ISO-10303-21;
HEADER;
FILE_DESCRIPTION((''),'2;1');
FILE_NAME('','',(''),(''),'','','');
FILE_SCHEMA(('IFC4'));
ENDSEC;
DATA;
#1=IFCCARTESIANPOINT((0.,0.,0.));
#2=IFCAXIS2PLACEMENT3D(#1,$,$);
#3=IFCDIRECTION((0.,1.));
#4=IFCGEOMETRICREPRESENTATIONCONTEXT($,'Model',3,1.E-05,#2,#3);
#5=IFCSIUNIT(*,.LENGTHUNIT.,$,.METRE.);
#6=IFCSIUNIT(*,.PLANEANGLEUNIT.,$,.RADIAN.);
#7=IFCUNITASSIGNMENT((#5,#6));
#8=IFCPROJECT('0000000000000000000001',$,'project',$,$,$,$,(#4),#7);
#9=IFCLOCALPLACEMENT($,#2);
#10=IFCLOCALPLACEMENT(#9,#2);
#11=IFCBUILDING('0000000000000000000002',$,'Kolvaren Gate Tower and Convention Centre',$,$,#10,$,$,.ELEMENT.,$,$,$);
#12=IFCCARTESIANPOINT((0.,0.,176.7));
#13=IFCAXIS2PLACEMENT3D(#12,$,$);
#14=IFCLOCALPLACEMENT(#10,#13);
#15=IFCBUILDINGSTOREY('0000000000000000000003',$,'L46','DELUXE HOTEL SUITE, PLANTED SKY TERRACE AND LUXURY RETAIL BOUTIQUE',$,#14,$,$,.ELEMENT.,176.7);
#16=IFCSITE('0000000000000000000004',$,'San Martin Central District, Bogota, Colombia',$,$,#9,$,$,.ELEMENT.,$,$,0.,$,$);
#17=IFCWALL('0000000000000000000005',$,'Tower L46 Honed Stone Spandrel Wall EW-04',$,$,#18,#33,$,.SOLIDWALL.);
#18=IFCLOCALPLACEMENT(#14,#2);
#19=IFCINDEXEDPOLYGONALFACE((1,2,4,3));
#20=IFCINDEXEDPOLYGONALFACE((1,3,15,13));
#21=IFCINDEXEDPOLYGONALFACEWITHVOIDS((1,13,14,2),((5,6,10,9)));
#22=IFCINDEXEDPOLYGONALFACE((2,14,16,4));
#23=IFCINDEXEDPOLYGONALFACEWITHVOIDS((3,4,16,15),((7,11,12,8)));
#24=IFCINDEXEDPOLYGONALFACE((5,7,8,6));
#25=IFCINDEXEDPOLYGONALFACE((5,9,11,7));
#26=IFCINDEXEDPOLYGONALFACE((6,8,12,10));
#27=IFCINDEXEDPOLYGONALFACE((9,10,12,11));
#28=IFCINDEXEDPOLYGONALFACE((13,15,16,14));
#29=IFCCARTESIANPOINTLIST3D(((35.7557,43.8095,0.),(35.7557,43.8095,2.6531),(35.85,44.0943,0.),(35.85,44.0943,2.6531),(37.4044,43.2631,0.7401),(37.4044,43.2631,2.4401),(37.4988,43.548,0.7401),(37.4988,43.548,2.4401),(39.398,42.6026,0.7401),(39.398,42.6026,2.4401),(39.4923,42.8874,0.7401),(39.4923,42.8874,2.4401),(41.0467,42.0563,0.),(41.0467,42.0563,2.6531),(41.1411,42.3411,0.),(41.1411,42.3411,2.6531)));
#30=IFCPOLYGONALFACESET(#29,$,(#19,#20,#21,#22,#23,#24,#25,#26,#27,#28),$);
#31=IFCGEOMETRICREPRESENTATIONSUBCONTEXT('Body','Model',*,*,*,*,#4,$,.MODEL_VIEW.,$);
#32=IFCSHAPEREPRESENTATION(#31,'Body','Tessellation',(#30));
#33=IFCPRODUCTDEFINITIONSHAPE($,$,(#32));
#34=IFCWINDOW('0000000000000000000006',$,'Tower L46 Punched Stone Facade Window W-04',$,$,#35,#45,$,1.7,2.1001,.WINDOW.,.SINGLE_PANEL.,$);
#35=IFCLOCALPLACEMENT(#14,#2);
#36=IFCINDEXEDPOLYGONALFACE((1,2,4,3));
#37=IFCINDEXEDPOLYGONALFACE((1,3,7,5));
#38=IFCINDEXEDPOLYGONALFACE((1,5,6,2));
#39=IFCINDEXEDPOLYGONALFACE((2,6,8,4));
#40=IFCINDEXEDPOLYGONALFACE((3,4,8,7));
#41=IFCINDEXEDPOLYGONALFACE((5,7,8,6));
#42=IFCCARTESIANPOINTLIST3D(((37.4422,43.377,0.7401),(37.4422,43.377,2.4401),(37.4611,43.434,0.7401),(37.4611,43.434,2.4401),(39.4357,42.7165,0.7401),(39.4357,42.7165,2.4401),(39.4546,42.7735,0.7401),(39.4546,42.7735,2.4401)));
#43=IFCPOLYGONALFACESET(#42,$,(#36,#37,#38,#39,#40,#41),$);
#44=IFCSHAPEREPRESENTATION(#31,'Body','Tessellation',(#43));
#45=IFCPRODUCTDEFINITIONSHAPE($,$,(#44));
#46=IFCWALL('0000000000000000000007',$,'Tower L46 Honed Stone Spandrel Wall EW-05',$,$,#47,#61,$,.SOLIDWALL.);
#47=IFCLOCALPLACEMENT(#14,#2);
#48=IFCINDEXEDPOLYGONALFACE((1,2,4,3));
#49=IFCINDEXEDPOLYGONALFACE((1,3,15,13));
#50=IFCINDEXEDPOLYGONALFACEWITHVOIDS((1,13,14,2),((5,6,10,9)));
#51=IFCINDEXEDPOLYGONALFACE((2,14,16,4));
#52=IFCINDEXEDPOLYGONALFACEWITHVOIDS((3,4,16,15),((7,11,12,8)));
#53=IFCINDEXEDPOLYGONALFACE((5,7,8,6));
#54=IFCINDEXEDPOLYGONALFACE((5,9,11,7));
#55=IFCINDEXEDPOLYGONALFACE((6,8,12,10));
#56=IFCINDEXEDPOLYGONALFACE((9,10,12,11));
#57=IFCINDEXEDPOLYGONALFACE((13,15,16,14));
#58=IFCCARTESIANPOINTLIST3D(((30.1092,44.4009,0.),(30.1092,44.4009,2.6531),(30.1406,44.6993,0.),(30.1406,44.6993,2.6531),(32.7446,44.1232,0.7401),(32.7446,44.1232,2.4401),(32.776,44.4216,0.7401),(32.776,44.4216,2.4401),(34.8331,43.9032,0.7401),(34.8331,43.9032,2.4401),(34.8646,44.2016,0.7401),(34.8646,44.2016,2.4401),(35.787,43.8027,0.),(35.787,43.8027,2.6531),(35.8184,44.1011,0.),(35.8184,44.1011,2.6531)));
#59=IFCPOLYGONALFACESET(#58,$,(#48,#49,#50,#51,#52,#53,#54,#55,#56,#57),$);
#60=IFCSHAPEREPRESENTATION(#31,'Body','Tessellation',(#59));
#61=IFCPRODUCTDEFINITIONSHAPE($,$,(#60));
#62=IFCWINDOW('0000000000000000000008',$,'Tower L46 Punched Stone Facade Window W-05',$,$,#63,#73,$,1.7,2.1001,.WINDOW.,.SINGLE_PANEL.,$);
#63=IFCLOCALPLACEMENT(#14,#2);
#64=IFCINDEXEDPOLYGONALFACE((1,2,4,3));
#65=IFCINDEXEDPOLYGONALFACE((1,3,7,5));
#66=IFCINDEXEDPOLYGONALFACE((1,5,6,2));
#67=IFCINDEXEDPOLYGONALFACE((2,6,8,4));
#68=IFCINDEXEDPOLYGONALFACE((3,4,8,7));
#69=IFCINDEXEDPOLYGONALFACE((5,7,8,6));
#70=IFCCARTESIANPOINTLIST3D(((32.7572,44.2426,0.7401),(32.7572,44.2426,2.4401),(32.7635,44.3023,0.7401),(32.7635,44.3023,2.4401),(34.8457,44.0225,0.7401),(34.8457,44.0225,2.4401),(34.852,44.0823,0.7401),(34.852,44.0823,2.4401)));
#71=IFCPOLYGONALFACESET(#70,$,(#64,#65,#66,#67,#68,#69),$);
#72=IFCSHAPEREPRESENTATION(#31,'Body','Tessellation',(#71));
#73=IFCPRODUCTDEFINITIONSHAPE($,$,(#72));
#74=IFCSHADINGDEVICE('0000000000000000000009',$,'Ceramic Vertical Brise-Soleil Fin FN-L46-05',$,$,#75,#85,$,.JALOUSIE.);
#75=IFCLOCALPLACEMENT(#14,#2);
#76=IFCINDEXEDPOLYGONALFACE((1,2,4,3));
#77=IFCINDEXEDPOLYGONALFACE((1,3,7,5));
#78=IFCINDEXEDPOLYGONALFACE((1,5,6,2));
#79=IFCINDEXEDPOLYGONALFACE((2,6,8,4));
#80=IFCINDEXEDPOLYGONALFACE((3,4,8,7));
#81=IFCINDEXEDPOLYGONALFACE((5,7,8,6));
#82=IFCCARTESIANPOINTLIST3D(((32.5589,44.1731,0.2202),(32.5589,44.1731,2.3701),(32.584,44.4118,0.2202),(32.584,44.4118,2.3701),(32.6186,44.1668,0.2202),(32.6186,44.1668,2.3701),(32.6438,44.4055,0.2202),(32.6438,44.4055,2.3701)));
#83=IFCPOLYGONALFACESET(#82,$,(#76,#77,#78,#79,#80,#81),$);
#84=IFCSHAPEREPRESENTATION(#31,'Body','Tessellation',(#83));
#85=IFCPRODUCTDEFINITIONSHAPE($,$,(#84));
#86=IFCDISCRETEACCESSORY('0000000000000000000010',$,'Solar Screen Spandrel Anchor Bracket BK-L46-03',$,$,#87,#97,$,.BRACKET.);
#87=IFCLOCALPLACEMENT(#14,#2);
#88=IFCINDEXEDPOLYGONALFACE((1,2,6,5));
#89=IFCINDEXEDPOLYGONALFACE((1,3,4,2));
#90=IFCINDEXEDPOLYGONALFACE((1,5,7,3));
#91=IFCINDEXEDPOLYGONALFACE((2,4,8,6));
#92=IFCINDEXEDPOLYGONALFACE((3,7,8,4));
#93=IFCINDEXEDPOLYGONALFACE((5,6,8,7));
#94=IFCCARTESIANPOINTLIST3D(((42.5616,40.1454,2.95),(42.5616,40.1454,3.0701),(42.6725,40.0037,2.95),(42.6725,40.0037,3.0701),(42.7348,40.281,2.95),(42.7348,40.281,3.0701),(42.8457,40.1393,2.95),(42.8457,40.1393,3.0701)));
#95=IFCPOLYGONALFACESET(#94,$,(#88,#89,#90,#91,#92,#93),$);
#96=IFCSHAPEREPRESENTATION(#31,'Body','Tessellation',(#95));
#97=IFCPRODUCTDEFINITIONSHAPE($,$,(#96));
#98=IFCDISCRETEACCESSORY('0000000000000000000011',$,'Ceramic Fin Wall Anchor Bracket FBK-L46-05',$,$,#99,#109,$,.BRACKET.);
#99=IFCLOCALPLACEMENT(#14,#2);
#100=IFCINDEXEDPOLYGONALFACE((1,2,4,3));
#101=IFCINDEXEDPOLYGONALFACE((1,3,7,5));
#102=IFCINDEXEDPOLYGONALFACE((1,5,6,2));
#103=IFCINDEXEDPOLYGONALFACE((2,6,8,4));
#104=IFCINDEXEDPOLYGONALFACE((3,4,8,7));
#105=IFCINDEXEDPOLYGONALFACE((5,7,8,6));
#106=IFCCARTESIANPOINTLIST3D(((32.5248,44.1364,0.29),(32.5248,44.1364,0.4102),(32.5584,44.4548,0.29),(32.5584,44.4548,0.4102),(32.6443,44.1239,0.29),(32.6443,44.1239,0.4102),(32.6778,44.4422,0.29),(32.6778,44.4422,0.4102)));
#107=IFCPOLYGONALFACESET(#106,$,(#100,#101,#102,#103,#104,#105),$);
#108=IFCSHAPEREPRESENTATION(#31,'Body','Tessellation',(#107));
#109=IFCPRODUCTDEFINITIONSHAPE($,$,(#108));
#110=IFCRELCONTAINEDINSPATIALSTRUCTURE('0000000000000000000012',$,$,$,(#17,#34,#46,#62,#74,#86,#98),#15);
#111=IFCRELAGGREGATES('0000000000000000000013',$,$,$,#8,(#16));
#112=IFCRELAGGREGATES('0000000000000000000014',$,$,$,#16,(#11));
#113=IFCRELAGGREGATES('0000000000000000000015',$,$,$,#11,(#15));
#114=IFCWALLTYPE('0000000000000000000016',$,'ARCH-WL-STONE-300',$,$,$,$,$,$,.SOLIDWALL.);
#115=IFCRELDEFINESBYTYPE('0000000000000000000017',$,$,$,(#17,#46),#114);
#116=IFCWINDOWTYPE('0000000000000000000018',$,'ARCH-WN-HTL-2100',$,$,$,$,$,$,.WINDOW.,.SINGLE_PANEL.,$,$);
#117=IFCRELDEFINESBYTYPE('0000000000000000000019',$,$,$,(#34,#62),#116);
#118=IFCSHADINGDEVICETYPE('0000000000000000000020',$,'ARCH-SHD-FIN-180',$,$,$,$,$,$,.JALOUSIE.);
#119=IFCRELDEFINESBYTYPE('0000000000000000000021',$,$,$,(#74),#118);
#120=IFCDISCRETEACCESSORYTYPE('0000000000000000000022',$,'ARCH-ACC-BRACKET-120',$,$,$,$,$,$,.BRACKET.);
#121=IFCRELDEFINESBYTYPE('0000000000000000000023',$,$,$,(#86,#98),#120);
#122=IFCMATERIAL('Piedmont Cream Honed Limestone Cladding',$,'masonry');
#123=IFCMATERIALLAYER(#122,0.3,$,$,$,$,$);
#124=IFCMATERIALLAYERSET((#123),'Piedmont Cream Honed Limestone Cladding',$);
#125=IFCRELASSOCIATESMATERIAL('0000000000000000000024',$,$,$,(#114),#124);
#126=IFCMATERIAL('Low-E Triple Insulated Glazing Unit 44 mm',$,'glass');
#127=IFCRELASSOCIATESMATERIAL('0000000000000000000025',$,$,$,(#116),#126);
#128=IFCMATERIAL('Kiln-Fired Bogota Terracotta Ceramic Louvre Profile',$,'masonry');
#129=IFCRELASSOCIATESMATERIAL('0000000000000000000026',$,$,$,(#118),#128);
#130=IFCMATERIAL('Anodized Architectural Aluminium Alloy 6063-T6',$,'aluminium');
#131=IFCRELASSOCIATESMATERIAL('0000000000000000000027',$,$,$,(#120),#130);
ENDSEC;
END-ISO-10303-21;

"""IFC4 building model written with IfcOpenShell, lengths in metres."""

from ifc_helpers import new_model, si_unit, direction, frame, frame_2d, origin, origin_2d, place, context, subcontext, project, spatial, rectangle, extrude, material, layer, layer_set, type_object, element, fill, save


model = new_model("IFC4")

# Units and contexts
model_context = context("Model", 3, precision=1e-05, world=origin(), true_north=direction((0.0, 1.0)))
body_context = subcontext(model_context, "Body", "Model", "MODEL_VIEW")
ifc_project = project(units=[si_unit("LENGTHUNIT", "METRE"), si_unit("PLANEANGLEUNIT", "RADIAN")], contexts=[model_context])

# Site, building, storey
site_placement = place(None, origin())
site = spatial("IfcSite", under=ifc_project, at=site_placement, Name="San Martin Central District, Bogota, Colombia", CompositionType="ELEMENT", RefElevation=0.0)
building_placement = place(site_placement, origin())
building = spatial("IfcBuilding", under=site, at=building_placement, Name="Kolvaren Gate Tower and Convention Centre", CompositionType="ELEMENT")
storey_placement = place(building_placement, frame((0.0, 0.0, 176.7)))
storey = spatial("IfcBuildingStorey", under=building, at=storey_placement, Name="L46", Description="DELUXE HOTEL SUITE, PLANTED SKY TERRACE AND LUXURY RETAIL BOUTIQUE", CompositionType="ELEMENT", Elevation=176.7)

# Shared definitions
ifc_material_1 = material(Name="Anodized Architectural Aluminium Alloy 6063-T6", Category="aluminium")

# Shared definitions
ifc_material_2 = material(Name="Low-E Triple Insulated Glazing Unit 44 mm", Category="glass")

# Walls, openings, windows
ifc_material_3 = material(Name="Piedmont Cream Honed Limestone Cladding", Category="masonry")
ifc_layer_1 = layer(ifc_material_3, 0.3)
ifc_layer_set_1 = layer_set([ifc_layer_1], Name="Piedmont Cream Honed Limestone Cladding")
wall_type_1 = type_object("IfcWallType", Name="ARCH-WL-STONE-300", PredefinedType="SOLIDWALL", material=ifc_layer_set_1)
wall_1_placement = place(storey_placement, frame((35.8027, 43.9519, 0.0), z_axis=(0.0, 0.0, 1.0), x_axis=(0.949247, -0.314532, 0.0)))
wall_1 = element("IfcWall", 1, at=wall_1_placement, inside=storey, type_object=wall_type_1, Name="Tower L46 Honed Stone Spandrel Wall EW-04", PredefinedType="SOLIDWALL", context=body_context, shape_type="SweptSolid", body=[
    extrude(rectangle(XDim=5.574, YDim=0.3, at=frame_2d((2.7871, 0.0))), origin(), (0.0, 0.0, 1.0), 2.6531),
])
opening_1_placement = place(wall_1_placement, frame((1.7371, 0.0, 0.74)))
opening_1 = element("IfcOpeningElement", 2, at=opening_1_placement, cuts=wall_1, PredefinedType="OPENING", context=body_context, shape_type="SweptSolid", body=[
    extrude(rectangle(XDim=2.1001, YDim=1.7, at=frame_2d((1.05, 0.8501))), frame((0.0, 0.1599, 0.0), z_axis=(0.0, -1.0, 0.0), x_axis=(1.0, 0.0, 0.0)), (0.0, 0.0, 1.0), 0.3201),
])
window_type = type_object("IfcWindowType", Name="ARCH-WN-HTL-2100", PartitioningType="SINGLE_PANEL", PredefinedType="WINDOW", material=ifc_material_2)
window_1_placement = place(opening_1_placement, origin())
window_1 = element("IfcWindow", 3, at=window_1_placement, inside=storey, type_object=window_type, Name="Tower L46 Punched Stone Facade Window W-04", OverallHeight=1.7, OverallWidth=2.1001, PartitioningType="SINGLE_PANEL", PredefinedType="WINDOW", context=body_context, shape_type="SweptSolid", body=[
    extrude(rectangle(XDim=2.1001, YDim=1.7, at=frame_2d((1.05, 0.8501))), frame((0.0, 0.03, 0.0), z_axis=(0.0, -1.0, 0.0), x_axis=(1.0, 0.0, 0.0)), (0.0, 0.0, 1.0), 0.0601),
])
fill(opening_1, window_1)
wall_2_placement = place(storey_placement, frame((30.125, 44.55, 0.0), z_axis=(0.0, 0.0, 1.0), x_axis=(0.994497, -0.104769, 0.0)))
wall_2 = element("IfcWall", 4, at=wall_2_placement, inside=storey, type_object=wall_type_1, Name="Tower L46 Honed Stone Spandrel Wall EW-05", PredefinedType="SOLIDWALL", context=body_context, shape_type="SweptSolid", body=[
    extrude(rectangle(XDim=5.7092, YDim=0.3, at=frame_2d((2.8545, 0.0))), origin(), (0.0, 0.0, 1.0), 2.6531),
])
opening_2_placement = place(wall_2_placement, frame((2.6499, 0.0, 0.74)))
opening_2 = element("IfcOpeningElement", 5, at=opening_2_placement, cuts=wall_2, PredefinedType="OPENING", context=body_context, shape_type="SweptSolid", body=[
    extrude(rectangle(XDim=2.1001, YDim=1.7, at=frame_2d((1.05, 0.8501))), frame((0.0, 0.1599, 0.0), z_axis=(0.0, -1.0, 0.0), x_axis=(1.0, 0.0, 0.0)), (0.0, 0.0, 1.0), 0.3201),
])
window_2_placement = place(opening_2_placement, origin())
window_2 = element("IfcWindow", 6, at=window_2_placement, inside=storey, type_object=window_type, Name="Tower L46 Punched Stone Facade Window W-05", OverallHeight=1.7, OverallWidth=2.1001, PartitioningType="SINGLE_PANEL", PredefinedType="WINDOW", context=body_context, shape_type="SweptSolid", body=[
    extrude(rectangle(XDim=2.1001, YDim=1.7, at=frame_2d((1.05, 0.8501))), frame((0.0, 0.03, 0.0), z_axis=(0.0, -1.0, 0.0), x_axis=(1.0, 0.0, 0.0)), (0.0, 0.0, 1.0), 0.0601),
])
fill(opening_2, window_2)

# Shading device
ifc_material_4 = material(Name="Kiln-Fired Bogota Terracotta Ceramic Louvre Profile", Category="masonry")
shading_device_type = type_object("IfcShadingDeviceType", Name="ARCH-SHD-FIN-180", PredefinedType="JALOUSIE", material=ifc_material_4)
shading_device_placement = place(storey_placement, frame((32.6013, 44.2893, 0.2202), z_axis=(0.0, 0.0, 1.0), x_axis=(0.994499, -0.104744, 0.0)))
element("IfcShadingDevice", 7, at=shading_device_placement, inside=storey, type_object=shading_device_type, Name="Ceramic Vertical Brise-Soleil Fin FN-L46-05", PredefinedType="JALOUSIE", context=body_context, shape_type="SweptSolid", body=[
    extrude(rectangle(XDim=0.0601, YDim=0.24, at=origin_2d()), origin(), (0.0, 0.0, 1.0), 2.1499),
])

# Discrete accessories
discrete_accessory_type = type_object("IfcDiscreteAccessoryType", Name="ARCH-ACC-BRACKET-120", PredefinedType="BRACKET", material=ifc_material_1)
discrete_accessory_1_placement = place(storey_placement, frame((42.7036, 40.1423, 2.95), z_axis=(0.0, 0.0, 1.0), x_axis=(0.616434, -0.787406, 0.0)))
element("IfcDiscreteAccessory", 8, at=discrete_accessory_1_placement, inside=storey, type_object=discrete_accessory_type, Name="Solar Screen Spandrel Anchor Bracket BK-L46-03", PredefinedType="BRACKET", context=body_context, shape_type="SweptSolid", body=[
    extrude(rectangle(XDim=0.1799, YDim=0.22, at=origin_2d()), origin(), (0.0, 0.0, 1.0), 0.1201),
])
discrete_accessory_2_placement = place(storey_placement, frame((32.6013, 44.2893, 0.29), z_axis=(0.0, 0.0, 1.0), x_axis=(0.994499, -0.104744, 0.0)))
element("IfcDiscreteAccessory", 9, at=discrete_accessory_2_placement, inside=storey, type_object=discrete_accessory_type, Name="Ceramic Fin Wall Anchor Bracket FBK-L46-05", PredefinedType="BRACKET", context=body_context, shape_type="SweptSolid", body=[
    extrude(rectangle(XDim=0.1201, YDim=0.3201, at=origin_2d()), origin(), (0.0, 0.0, 1.0), 0.1201),
])

save(model, "model.ifc")
